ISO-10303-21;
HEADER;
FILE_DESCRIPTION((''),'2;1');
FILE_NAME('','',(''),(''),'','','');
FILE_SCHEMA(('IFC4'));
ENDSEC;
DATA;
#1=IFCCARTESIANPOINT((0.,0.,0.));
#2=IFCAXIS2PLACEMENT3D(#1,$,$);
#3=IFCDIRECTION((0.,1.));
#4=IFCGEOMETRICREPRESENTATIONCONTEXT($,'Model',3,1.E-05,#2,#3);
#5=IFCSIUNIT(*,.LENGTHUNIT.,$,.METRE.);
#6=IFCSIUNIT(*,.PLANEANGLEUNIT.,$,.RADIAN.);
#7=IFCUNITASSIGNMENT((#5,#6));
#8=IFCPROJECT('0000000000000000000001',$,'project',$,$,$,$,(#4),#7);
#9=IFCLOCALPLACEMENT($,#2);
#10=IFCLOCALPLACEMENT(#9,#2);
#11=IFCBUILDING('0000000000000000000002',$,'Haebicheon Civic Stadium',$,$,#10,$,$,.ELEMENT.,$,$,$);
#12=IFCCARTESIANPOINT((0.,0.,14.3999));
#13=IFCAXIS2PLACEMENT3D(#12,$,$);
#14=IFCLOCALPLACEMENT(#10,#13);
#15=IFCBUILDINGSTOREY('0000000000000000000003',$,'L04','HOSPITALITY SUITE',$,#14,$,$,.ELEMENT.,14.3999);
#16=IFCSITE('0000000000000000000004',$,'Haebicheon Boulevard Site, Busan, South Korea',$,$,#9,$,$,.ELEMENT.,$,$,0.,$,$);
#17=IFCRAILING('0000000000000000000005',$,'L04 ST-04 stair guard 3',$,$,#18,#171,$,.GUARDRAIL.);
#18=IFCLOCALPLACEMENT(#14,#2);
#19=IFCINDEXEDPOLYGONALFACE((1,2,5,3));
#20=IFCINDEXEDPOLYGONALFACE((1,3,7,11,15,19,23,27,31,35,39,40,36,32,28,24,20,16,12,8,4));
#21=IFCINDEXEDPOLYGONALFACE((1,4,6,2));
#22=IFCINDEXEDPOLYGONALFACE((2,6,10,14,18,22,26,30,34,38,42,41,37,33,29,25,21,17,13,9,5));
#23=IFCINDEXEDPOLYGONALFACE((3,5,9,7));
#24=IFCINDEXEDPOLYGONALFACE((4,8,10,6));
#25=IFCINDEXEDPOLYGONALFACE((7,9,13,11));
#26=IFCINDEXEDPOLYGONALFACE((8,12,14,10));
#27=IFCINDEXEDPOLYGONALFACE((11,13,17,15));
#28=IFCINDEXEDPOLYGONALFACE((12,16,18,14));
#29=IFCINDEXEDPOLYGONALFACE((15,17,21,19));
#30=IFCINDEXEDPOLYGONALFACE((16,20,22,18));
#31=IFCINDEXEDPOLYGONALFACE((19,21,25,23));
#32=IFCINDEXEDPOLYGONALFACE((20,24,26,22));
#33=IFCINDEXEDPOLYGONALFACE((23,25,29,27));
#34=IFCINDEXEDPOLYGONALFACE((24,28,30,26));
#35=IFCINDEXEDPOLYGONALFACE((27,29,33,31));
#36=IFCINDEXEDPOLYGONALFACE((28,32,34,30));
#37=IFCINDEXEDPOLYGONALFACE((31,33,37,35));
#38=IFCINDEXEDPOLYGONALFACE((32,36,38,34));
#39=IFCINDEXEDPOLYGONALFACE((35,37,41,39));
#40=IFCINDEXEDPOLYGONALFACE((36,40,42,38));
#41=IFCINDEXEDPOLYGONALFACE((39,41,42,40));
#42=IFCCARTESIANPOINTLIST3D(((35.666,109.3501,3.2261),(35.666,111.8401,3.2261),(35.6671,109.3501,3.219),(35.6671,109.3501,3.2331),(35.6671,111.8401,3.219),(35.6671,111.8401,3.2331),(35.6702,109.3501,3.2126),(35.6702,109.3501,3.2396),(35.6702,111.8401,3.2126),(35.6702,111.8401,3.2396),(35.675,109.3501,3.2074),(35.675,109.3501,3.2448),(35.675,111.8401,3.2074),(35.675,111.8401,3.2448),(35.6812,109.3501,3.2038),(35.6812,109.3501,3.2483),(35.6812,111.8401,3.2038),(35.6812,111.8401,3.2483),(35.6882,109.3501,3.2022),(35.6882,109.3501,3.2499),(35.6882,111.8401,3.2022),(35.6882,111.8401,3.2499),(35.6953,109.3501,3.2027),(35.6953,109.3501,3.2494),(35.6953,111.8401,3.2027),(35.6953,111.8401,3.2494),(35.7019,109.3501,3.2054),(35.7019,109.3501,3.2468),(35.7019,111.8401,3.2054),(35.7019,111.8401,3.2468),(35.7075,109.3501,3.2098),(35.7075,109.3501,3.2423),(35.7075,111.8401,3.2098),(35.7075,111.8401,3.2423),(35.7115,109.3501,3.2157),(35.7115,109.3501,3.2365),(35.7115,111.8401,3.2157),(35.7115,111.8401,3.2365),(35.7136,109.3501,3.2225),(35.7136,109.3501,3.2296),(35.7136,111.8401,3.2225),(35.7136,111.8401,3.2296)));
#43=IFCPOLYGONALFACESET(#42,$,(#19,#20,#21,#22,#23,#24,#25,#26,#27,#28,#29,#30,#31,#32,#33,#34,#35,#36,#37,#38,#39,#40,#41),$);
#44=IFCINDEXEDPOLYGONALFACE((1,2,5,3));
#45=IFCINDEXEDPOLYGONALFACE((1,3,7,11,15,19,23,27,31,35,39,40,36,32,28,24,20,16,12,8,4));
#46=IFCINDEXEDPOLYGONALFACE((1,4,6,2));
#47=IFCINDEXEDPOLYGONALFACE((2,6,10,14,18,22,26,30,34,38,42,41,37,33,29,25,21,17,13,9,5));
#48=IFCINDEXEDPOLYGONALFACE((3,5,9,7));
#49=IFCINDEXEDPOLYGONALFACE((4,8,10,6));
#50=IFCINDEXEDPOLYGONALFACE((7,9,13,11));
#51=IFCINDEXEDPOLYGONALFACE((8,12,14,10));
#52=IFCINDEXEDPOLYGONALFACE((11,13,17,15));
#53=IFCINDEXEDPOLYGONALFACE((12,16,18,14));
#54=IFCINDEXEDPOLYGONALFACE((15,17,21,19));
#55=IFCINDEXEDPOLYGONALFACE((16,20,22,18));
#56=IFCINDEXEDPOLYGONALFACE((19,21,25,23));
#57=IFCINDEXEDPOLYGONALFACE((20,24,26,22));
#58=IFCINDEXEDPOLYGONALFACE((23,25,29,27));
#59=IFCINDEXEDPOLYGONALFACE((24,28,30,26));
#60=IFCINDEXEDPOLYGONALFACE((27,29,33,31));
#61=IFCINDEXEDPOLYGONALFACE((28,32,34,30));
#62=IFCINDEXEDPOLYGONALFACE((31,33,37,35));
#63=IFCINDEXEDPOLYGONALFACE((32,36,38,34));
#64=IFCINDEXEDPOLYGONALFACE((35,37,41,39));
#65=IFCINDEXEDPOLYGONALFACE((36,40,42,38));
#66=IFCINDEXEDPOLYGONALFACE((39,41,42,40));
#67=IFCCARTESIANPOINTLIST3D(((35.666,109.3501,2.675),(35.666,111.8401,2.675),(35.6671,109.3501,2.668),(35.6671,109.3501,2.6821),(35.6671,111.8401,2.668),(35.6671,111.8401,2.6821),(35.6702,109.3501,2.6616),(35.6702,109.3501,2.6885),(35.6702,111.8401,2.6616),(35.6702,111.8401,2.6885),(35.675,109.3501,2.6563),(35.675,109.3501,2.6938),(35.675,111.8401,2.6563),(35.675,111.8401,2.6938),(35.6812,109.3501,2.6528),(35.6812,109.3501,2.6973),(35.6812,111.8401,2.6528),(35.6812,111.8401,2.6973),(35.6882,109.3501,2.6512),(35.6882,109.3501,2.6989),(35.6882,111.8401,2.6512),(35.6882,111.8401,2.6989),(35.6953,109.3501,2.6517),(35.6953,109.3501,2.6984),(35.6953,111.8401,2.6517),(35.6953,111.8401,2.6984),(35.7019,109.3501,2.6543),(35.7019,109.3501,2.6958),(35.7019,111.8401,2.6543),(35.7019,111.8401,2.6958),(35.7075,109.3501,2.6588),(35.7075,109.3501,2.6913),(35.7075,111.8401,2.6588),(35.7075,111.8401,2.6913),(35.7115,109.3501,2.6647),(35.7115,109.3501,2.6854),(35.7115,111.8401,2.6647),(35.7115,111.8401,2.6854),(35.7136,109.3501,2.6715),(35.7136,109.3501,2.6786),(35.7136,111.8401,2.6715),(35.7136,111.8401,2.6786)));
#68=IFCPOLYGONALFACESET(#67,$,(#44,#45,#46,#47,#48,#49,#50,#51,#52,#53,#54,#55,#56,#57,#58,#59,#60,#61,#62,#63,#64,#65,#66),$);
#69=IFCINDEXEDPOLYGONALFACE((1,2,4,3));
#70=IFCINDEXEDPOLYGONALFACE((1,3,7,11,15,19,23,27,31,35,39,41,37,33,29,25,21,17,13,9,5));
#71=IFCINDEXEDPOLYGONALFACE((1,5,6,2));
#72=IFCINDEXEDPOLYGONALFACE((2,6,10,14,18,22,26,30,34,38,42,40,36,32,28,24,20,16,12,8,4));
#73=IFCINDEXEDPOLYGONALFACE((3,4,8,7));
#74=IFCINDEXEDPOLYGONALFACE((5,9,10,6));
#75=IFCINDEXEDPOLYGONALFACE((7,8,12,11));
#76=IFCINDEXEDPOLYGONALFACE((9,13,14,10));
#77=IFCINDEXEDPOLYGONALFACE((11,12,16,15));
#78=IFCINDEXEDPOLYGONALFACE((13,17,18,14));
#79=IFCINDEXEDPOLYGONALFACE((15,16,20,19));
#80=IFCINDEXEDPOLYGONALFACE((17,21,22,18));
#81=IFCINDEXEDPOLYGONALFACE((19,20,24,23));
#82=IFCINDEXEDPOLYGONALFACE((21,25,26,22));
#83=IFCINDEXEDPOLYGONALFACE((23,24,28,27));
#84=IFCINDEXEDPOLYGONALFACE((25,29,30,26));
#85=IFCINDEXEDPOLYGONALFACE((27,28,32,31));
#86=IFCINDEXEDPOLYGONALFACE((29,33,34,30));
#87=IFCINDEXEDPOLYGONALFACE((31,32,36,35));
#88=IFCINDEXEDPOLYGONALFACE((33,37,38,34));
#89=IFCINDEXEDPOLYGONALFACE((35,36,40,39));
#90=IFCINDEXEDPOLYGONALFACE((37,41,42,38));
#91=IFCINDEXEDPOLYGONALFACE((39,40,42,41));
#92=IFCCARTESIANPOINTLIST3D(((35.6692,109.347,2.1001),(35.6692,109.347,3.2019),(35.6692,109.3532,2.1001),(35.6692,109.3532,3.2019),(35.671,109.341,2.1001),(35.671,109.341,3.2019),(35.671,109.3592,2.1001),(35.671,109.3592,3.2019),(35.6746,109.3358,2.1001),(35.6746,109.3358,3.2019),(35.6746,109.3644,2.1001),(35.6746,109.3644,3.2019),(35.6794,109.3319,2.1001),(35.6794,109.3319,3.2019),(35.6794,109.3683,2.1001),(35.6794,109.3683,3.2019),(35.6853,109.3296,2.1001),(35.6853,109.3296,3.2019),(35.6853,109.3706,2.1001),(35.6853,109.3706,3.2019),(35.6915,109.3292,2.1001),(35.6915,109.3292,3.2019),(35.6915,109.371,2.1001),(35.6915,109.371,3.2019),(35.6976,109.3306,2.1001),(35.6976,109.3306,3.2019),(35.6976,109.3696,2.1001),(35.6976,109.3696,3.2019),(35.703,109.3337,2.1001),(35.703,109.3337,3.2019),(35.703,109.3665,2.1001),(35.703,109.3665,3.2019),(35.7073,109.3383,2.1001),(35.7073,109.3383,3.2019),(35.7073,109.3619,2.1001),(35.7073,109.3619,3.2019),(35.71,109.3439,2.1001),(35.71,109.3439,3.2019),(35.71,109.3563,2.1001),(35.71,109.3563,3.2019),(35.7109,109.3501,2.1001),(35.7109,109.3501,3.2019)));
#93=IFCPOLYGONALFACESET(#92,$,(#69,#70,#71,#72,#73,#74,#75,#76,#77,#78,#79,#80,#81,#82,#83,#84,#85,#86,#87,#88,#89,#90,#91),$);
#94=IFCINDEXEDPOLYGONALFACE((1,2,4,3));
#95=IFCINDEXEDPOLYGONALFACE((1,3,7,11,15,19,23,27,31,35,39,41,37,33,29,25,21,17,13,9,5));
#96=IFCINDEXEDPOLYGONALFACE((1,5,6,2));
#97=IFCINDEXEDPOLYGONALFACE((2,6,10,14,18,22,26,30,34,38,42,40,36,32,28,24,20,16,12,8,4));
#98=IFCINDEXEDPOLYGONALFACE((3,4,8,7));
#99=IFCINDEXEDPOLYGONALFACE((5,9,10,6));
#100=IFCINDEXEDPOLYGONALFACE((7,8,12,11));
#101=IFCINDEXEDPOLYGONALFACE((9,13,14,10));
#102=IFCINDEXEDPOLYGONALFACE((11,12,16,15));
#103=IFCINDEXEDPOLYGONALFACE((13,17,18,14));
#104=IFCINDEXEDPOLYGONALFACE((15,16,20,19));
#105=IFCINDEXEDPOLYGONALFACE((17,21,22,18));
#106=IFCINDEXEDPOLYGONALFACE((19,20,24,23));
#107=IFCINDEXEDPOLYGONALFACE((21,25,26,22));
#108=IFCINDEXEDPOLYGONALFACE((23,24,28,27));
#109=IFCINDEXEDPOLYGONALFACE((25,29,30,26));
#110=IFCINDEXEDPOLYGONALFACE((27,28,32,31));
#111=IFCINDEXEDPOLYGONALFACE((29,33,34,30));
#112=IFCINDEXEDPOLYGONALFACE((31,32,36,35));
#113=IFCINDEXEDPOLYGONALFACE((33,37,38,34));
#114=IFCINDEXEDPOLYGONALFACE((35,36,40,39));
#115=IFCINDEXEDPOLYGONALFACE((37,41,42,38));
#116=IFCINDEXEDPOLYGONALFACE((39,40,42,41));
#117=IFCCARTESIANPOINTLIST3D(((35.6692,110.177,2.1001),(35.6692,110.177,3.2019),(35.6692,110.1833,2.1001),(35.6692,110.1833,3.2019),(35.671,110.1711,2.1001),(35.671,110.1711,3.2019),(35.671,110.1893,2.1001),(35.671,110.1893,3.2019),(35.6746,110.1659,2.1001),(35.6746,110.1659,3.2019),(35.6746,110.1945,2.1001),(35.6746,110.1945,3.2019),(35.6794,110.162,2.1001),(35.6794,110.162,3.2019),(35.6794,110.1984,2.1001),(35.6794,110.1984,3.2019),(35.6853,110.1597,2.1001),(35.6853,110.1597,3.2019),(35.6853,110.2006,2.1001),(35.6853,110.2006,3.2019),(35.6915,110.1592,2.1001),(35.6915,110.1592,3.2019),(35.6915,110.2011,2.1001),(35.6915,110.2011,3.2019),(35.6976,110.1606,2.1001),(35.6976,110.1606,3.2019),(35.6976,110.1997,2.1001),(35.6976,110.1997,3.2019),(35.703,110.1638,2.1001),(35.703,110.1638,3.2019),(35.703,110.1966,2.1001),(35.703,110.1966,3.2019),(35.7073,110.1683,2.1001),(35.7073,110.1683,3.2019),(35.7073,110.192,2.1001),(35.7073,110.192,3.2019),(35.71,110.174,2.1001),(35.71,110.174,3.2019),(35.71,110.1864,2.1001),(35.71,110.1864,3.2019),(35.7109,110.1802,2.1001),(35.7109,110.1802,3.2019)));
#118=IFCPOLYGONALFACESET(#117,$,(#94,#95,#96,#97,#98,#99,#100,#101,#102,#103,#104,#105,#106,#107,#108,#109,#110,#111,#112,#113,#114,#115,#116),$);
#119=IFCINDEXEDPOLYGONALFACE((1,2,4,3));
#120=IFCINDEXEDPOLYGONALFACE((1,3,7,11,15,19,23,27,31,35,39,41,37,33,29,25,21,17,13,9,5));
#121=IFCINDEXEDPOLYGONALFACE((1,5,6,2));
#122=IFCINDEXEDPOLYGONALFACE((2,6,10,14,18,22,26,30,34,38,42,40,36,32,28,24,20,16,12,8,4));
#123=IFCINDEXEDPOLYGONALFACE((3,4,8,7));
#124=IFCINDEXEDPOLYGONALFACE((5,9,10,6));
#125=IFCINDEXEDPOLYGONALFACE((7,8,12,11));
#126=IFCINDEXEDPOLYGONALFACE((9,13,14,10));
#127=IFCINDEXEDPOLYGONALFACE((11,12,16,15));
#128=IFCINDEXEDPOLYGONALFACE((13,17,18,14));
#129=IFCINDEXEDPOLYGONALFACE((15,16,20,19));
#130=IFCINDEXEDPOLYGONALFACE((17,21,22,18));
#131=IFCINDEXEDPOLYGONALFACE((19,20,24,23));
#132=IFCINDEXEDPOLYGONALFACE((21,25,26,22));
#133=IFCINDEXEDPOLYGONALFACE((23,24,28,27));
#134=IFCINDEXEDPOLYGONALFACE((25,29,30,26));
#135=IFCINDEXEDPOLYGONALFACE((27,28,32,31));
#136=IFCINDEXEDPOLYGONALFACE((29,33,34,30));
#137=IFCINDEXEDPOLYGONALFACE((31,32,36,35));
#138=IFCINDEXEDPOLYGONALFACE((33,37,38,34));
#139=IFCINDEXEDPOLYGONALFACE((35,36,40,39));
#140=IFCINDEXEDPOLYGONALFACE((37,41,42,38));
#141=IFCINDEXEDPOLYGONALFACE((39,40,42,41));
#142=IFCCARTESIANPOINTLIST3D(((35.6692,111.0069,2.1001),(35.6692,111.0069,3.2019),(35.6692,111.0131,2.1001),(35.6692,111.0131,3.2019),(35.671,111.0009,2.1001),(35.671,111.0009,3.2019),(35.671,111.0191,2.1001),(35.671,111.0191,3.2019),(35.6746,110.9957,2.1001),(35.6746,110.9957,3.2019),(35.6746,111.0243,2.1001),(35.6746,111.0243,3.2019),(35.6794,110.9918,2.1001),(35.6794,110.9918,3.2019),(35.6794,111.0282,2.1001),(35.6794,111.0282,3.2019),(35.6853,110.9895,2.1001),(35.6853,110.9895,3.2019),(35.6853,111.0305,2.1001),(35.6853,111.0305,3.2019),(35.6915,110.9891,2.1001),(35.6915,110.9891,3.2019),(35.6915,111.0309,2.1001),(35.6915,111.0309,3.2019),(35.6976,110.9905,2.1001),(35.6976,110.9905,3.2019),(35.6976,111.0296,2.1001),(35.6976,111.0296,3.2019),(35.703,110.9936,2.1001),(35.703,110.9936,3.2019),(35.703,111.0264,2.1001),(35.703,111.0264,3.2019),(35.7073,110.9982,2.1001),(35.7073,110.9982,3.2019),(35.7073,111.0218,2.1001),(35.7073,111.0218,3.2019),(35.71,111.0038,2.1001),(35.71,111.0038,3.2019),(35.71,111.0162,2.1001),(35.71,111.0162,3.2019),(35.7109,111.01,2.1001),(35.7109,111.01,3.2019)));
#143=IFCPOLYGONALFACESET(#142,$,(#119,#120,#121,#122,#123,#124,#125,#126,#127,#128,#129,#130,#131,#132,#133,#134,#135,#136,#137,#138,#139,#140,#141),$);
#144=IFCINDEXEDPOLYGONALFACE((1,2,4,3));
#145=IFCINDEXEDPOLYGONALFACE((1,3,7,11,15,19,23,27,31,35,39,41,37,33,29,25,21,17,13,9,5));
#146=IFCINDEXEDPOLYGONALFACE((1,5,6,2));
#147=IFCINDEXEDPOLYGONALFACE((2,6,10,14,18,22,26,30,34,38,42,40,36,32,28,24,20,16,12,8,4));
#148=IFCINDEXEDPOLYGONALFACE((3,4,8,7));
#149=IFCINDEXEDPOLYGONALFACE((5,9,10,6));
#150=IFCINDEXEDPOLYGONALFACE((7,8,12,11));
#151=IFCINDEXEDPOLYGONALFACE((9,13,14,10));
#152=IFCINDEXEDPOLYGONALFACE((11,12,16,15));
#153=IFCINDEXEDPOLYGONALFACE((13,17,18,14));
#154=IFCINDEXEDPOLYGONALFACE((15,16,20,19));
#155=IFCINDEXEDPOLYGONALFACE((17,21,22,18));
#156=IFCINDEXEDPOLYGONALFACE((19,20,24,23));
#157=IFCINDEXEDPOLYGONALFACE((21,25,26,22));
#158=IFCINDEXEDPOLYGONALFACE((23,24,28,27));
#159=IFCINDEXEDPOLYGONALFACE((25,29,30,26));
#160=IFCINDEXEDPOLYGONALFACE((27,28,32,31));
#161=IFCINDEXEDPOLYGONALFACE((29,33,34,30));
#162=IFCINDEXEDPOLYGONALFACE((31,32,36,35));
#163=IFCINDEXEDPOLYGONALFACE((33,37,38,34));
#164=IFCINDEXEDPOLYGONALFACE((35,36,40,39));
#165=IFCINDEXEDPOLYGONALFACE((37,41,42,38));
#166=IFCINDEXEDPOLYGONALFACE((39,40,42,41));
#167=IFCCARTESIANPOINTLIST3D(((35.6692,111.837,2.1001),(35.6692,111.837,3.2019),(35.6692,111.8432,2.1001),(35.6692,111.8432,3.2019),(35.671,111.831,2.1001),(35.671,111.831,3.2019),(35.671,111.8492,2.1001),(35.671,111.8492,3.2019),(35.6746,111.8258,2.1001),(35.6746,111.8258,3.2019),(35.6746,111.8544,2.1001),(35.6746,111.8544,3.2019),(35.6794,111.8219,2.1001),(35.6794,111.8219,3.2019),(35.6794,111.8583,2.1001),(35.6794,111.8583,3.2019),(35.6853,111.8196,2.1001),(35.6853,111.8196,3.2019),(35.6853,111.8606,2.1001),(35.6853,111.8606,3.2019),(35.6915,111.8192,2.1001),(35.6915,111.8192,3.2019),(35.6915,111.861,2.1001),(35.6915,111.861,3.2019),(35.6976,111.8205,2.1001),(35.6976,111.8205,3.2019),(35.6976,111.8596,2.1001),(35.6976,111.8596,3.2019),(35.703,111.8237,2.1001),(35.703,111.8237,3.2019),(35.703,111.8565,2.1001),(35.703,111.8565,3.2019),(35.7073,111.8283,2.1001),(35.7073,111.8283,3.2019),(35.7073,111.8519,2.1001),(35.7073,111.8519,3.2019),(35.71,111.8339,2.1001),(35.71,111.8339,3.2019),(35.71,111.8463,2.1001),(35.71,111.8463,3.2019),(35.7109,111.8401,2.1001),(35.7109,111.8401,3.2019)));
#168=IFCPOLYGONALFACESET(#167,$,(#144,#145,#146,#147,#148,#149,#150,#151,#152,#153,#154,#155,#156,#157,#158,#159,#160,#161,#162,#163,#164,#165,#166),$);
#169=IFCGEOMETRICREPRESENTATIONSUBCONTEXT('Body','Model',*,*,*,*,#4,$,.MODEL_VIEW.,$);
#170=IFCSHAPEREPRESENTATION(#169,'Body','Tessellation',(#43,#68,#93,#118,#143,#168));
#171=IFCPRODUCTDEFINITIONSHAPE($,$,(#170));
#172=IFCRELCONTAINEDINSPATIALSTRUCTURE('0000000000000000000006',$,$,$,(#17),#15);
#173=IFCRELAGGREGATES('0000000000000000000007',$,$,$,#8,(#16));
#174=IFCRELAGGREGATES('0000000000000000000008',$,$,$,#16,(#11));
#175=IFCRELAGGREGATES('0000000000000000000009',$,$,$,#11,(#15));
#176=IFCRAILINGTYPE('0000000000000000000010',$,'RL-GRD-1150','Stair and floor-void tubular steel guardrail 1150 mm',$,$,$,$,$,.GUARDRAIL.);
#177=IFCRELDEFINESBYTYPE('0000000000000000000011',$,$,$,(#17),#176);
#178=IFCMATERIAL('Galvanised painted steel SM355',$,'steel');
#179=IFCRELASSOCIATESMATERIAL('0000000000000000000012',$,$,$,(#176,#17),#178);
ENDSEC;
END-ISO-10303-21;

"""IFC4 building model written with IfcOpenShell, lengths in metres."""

from ifc_helpers import new_model, si_unit, direction, frame, origin, origin_2d, place, context, subcontext, project, spatial, circle, extrude, material, type_object, element, save


model = new_model("IFC4")

# Units and contexts
model_context = context("Model", 3, precision=1e-05, world=origin(), true_north=direction((0.0, 1.0)))
body_context = subcontext(model_context, "Body", "Model", "MODEL_VIEW")
ifc_project = project(units=[si_unit("LENGTHUNIT", "METRE"), si_unit("PLANEANGLEUNIT", "RADIAN")], contexts=[model_context])

# Site, building, storey
site_placement = place(None, origin())
site = spatial("IfcSite", under=ifc_project, at=site_placement, Name="Haebicheon Boulevard Site, Busan, South Korea", CompositionType="ELEMENT", RefElevation=0.0)
building_placement = place(site_placement, origin())
building = spatial("IfcBuilding", under=site, at=building_placement, Name="Haebicheon Civic Stadium", CompositionType="ELEMENT")
storey_placement = place(building_placement, frame((0.0, 0.0, 14.3999)))
storey = spatial("IfcBuildingStorey", under=building, at=storey_placement, Name="L04", Description="HOSPITALITY SUITE", CompositionType="ELEMENT", Elevation=14.3999)

# Railing
ifc_material_1 = material(Name="Galvanised painted steel SM355", Category="steel")
railing_type_1 = type_object("IfcRailingType", Name="RL-GRD-1150", Description="Stair and floor-void tubular steel guardrail 1150 mm", PredefinedType="GUARDRAIL", material=ifc_material_1)
railing_1_placement = place(storey_placement, frame((35.6899, 109.3501, 2.1001)))
element("IfcRailing", 1, at=railing_1_placement, inside=storey, type_object=railing_type_1, material=ifc_material_1, Name="L04 ST-04 stair guard 3", PredefinedType="GUARDRAIL", context=body_context, shape_type="SweptSolid", body=[
    extrude(circle(Radius=0.0239, at=origin_2d()), frame((0.0, 0.0, 1.126), z_axis=(0.0, 1.0, 0.0), x_axis=(-1.0, 0.0, 0.0)), (0.0, 0.0, 1.0), 2.49),
    extrude(circle(Radius=0.0239, at=origin_2d()), frame((0.0, 0.0, 0.575), z_axis=(0.0, 1.0, 0.0), x_axis=(-1.0, 0.0, 0.0)), (0.0, 0.0, 1.0), 2.49),
    extrude(circle(Radius=0.021, at=origin_2d()), origin(), (0.0, 0.0, 1.0), 1.1018),
    extrude(circle(Radius=0.021, at=origin_2d()), frame((0.0, 0.8301, 0.0)), (0.0, 0.0, 1.0), 1.1018),
    extrude(circle(Radius=0.021, at=origin_2d()), frame((0.0, 1.6599, 0.0)), (0.0, 0.0, 1.0), 1.1018),
    extrude(circle(Radius=0.021, at=origin_2d()), frame((0.0, 2.49, 0.0)), (0.0, 0.0, 1.0), 1.1018),
])

save(model, "model.ifc")
